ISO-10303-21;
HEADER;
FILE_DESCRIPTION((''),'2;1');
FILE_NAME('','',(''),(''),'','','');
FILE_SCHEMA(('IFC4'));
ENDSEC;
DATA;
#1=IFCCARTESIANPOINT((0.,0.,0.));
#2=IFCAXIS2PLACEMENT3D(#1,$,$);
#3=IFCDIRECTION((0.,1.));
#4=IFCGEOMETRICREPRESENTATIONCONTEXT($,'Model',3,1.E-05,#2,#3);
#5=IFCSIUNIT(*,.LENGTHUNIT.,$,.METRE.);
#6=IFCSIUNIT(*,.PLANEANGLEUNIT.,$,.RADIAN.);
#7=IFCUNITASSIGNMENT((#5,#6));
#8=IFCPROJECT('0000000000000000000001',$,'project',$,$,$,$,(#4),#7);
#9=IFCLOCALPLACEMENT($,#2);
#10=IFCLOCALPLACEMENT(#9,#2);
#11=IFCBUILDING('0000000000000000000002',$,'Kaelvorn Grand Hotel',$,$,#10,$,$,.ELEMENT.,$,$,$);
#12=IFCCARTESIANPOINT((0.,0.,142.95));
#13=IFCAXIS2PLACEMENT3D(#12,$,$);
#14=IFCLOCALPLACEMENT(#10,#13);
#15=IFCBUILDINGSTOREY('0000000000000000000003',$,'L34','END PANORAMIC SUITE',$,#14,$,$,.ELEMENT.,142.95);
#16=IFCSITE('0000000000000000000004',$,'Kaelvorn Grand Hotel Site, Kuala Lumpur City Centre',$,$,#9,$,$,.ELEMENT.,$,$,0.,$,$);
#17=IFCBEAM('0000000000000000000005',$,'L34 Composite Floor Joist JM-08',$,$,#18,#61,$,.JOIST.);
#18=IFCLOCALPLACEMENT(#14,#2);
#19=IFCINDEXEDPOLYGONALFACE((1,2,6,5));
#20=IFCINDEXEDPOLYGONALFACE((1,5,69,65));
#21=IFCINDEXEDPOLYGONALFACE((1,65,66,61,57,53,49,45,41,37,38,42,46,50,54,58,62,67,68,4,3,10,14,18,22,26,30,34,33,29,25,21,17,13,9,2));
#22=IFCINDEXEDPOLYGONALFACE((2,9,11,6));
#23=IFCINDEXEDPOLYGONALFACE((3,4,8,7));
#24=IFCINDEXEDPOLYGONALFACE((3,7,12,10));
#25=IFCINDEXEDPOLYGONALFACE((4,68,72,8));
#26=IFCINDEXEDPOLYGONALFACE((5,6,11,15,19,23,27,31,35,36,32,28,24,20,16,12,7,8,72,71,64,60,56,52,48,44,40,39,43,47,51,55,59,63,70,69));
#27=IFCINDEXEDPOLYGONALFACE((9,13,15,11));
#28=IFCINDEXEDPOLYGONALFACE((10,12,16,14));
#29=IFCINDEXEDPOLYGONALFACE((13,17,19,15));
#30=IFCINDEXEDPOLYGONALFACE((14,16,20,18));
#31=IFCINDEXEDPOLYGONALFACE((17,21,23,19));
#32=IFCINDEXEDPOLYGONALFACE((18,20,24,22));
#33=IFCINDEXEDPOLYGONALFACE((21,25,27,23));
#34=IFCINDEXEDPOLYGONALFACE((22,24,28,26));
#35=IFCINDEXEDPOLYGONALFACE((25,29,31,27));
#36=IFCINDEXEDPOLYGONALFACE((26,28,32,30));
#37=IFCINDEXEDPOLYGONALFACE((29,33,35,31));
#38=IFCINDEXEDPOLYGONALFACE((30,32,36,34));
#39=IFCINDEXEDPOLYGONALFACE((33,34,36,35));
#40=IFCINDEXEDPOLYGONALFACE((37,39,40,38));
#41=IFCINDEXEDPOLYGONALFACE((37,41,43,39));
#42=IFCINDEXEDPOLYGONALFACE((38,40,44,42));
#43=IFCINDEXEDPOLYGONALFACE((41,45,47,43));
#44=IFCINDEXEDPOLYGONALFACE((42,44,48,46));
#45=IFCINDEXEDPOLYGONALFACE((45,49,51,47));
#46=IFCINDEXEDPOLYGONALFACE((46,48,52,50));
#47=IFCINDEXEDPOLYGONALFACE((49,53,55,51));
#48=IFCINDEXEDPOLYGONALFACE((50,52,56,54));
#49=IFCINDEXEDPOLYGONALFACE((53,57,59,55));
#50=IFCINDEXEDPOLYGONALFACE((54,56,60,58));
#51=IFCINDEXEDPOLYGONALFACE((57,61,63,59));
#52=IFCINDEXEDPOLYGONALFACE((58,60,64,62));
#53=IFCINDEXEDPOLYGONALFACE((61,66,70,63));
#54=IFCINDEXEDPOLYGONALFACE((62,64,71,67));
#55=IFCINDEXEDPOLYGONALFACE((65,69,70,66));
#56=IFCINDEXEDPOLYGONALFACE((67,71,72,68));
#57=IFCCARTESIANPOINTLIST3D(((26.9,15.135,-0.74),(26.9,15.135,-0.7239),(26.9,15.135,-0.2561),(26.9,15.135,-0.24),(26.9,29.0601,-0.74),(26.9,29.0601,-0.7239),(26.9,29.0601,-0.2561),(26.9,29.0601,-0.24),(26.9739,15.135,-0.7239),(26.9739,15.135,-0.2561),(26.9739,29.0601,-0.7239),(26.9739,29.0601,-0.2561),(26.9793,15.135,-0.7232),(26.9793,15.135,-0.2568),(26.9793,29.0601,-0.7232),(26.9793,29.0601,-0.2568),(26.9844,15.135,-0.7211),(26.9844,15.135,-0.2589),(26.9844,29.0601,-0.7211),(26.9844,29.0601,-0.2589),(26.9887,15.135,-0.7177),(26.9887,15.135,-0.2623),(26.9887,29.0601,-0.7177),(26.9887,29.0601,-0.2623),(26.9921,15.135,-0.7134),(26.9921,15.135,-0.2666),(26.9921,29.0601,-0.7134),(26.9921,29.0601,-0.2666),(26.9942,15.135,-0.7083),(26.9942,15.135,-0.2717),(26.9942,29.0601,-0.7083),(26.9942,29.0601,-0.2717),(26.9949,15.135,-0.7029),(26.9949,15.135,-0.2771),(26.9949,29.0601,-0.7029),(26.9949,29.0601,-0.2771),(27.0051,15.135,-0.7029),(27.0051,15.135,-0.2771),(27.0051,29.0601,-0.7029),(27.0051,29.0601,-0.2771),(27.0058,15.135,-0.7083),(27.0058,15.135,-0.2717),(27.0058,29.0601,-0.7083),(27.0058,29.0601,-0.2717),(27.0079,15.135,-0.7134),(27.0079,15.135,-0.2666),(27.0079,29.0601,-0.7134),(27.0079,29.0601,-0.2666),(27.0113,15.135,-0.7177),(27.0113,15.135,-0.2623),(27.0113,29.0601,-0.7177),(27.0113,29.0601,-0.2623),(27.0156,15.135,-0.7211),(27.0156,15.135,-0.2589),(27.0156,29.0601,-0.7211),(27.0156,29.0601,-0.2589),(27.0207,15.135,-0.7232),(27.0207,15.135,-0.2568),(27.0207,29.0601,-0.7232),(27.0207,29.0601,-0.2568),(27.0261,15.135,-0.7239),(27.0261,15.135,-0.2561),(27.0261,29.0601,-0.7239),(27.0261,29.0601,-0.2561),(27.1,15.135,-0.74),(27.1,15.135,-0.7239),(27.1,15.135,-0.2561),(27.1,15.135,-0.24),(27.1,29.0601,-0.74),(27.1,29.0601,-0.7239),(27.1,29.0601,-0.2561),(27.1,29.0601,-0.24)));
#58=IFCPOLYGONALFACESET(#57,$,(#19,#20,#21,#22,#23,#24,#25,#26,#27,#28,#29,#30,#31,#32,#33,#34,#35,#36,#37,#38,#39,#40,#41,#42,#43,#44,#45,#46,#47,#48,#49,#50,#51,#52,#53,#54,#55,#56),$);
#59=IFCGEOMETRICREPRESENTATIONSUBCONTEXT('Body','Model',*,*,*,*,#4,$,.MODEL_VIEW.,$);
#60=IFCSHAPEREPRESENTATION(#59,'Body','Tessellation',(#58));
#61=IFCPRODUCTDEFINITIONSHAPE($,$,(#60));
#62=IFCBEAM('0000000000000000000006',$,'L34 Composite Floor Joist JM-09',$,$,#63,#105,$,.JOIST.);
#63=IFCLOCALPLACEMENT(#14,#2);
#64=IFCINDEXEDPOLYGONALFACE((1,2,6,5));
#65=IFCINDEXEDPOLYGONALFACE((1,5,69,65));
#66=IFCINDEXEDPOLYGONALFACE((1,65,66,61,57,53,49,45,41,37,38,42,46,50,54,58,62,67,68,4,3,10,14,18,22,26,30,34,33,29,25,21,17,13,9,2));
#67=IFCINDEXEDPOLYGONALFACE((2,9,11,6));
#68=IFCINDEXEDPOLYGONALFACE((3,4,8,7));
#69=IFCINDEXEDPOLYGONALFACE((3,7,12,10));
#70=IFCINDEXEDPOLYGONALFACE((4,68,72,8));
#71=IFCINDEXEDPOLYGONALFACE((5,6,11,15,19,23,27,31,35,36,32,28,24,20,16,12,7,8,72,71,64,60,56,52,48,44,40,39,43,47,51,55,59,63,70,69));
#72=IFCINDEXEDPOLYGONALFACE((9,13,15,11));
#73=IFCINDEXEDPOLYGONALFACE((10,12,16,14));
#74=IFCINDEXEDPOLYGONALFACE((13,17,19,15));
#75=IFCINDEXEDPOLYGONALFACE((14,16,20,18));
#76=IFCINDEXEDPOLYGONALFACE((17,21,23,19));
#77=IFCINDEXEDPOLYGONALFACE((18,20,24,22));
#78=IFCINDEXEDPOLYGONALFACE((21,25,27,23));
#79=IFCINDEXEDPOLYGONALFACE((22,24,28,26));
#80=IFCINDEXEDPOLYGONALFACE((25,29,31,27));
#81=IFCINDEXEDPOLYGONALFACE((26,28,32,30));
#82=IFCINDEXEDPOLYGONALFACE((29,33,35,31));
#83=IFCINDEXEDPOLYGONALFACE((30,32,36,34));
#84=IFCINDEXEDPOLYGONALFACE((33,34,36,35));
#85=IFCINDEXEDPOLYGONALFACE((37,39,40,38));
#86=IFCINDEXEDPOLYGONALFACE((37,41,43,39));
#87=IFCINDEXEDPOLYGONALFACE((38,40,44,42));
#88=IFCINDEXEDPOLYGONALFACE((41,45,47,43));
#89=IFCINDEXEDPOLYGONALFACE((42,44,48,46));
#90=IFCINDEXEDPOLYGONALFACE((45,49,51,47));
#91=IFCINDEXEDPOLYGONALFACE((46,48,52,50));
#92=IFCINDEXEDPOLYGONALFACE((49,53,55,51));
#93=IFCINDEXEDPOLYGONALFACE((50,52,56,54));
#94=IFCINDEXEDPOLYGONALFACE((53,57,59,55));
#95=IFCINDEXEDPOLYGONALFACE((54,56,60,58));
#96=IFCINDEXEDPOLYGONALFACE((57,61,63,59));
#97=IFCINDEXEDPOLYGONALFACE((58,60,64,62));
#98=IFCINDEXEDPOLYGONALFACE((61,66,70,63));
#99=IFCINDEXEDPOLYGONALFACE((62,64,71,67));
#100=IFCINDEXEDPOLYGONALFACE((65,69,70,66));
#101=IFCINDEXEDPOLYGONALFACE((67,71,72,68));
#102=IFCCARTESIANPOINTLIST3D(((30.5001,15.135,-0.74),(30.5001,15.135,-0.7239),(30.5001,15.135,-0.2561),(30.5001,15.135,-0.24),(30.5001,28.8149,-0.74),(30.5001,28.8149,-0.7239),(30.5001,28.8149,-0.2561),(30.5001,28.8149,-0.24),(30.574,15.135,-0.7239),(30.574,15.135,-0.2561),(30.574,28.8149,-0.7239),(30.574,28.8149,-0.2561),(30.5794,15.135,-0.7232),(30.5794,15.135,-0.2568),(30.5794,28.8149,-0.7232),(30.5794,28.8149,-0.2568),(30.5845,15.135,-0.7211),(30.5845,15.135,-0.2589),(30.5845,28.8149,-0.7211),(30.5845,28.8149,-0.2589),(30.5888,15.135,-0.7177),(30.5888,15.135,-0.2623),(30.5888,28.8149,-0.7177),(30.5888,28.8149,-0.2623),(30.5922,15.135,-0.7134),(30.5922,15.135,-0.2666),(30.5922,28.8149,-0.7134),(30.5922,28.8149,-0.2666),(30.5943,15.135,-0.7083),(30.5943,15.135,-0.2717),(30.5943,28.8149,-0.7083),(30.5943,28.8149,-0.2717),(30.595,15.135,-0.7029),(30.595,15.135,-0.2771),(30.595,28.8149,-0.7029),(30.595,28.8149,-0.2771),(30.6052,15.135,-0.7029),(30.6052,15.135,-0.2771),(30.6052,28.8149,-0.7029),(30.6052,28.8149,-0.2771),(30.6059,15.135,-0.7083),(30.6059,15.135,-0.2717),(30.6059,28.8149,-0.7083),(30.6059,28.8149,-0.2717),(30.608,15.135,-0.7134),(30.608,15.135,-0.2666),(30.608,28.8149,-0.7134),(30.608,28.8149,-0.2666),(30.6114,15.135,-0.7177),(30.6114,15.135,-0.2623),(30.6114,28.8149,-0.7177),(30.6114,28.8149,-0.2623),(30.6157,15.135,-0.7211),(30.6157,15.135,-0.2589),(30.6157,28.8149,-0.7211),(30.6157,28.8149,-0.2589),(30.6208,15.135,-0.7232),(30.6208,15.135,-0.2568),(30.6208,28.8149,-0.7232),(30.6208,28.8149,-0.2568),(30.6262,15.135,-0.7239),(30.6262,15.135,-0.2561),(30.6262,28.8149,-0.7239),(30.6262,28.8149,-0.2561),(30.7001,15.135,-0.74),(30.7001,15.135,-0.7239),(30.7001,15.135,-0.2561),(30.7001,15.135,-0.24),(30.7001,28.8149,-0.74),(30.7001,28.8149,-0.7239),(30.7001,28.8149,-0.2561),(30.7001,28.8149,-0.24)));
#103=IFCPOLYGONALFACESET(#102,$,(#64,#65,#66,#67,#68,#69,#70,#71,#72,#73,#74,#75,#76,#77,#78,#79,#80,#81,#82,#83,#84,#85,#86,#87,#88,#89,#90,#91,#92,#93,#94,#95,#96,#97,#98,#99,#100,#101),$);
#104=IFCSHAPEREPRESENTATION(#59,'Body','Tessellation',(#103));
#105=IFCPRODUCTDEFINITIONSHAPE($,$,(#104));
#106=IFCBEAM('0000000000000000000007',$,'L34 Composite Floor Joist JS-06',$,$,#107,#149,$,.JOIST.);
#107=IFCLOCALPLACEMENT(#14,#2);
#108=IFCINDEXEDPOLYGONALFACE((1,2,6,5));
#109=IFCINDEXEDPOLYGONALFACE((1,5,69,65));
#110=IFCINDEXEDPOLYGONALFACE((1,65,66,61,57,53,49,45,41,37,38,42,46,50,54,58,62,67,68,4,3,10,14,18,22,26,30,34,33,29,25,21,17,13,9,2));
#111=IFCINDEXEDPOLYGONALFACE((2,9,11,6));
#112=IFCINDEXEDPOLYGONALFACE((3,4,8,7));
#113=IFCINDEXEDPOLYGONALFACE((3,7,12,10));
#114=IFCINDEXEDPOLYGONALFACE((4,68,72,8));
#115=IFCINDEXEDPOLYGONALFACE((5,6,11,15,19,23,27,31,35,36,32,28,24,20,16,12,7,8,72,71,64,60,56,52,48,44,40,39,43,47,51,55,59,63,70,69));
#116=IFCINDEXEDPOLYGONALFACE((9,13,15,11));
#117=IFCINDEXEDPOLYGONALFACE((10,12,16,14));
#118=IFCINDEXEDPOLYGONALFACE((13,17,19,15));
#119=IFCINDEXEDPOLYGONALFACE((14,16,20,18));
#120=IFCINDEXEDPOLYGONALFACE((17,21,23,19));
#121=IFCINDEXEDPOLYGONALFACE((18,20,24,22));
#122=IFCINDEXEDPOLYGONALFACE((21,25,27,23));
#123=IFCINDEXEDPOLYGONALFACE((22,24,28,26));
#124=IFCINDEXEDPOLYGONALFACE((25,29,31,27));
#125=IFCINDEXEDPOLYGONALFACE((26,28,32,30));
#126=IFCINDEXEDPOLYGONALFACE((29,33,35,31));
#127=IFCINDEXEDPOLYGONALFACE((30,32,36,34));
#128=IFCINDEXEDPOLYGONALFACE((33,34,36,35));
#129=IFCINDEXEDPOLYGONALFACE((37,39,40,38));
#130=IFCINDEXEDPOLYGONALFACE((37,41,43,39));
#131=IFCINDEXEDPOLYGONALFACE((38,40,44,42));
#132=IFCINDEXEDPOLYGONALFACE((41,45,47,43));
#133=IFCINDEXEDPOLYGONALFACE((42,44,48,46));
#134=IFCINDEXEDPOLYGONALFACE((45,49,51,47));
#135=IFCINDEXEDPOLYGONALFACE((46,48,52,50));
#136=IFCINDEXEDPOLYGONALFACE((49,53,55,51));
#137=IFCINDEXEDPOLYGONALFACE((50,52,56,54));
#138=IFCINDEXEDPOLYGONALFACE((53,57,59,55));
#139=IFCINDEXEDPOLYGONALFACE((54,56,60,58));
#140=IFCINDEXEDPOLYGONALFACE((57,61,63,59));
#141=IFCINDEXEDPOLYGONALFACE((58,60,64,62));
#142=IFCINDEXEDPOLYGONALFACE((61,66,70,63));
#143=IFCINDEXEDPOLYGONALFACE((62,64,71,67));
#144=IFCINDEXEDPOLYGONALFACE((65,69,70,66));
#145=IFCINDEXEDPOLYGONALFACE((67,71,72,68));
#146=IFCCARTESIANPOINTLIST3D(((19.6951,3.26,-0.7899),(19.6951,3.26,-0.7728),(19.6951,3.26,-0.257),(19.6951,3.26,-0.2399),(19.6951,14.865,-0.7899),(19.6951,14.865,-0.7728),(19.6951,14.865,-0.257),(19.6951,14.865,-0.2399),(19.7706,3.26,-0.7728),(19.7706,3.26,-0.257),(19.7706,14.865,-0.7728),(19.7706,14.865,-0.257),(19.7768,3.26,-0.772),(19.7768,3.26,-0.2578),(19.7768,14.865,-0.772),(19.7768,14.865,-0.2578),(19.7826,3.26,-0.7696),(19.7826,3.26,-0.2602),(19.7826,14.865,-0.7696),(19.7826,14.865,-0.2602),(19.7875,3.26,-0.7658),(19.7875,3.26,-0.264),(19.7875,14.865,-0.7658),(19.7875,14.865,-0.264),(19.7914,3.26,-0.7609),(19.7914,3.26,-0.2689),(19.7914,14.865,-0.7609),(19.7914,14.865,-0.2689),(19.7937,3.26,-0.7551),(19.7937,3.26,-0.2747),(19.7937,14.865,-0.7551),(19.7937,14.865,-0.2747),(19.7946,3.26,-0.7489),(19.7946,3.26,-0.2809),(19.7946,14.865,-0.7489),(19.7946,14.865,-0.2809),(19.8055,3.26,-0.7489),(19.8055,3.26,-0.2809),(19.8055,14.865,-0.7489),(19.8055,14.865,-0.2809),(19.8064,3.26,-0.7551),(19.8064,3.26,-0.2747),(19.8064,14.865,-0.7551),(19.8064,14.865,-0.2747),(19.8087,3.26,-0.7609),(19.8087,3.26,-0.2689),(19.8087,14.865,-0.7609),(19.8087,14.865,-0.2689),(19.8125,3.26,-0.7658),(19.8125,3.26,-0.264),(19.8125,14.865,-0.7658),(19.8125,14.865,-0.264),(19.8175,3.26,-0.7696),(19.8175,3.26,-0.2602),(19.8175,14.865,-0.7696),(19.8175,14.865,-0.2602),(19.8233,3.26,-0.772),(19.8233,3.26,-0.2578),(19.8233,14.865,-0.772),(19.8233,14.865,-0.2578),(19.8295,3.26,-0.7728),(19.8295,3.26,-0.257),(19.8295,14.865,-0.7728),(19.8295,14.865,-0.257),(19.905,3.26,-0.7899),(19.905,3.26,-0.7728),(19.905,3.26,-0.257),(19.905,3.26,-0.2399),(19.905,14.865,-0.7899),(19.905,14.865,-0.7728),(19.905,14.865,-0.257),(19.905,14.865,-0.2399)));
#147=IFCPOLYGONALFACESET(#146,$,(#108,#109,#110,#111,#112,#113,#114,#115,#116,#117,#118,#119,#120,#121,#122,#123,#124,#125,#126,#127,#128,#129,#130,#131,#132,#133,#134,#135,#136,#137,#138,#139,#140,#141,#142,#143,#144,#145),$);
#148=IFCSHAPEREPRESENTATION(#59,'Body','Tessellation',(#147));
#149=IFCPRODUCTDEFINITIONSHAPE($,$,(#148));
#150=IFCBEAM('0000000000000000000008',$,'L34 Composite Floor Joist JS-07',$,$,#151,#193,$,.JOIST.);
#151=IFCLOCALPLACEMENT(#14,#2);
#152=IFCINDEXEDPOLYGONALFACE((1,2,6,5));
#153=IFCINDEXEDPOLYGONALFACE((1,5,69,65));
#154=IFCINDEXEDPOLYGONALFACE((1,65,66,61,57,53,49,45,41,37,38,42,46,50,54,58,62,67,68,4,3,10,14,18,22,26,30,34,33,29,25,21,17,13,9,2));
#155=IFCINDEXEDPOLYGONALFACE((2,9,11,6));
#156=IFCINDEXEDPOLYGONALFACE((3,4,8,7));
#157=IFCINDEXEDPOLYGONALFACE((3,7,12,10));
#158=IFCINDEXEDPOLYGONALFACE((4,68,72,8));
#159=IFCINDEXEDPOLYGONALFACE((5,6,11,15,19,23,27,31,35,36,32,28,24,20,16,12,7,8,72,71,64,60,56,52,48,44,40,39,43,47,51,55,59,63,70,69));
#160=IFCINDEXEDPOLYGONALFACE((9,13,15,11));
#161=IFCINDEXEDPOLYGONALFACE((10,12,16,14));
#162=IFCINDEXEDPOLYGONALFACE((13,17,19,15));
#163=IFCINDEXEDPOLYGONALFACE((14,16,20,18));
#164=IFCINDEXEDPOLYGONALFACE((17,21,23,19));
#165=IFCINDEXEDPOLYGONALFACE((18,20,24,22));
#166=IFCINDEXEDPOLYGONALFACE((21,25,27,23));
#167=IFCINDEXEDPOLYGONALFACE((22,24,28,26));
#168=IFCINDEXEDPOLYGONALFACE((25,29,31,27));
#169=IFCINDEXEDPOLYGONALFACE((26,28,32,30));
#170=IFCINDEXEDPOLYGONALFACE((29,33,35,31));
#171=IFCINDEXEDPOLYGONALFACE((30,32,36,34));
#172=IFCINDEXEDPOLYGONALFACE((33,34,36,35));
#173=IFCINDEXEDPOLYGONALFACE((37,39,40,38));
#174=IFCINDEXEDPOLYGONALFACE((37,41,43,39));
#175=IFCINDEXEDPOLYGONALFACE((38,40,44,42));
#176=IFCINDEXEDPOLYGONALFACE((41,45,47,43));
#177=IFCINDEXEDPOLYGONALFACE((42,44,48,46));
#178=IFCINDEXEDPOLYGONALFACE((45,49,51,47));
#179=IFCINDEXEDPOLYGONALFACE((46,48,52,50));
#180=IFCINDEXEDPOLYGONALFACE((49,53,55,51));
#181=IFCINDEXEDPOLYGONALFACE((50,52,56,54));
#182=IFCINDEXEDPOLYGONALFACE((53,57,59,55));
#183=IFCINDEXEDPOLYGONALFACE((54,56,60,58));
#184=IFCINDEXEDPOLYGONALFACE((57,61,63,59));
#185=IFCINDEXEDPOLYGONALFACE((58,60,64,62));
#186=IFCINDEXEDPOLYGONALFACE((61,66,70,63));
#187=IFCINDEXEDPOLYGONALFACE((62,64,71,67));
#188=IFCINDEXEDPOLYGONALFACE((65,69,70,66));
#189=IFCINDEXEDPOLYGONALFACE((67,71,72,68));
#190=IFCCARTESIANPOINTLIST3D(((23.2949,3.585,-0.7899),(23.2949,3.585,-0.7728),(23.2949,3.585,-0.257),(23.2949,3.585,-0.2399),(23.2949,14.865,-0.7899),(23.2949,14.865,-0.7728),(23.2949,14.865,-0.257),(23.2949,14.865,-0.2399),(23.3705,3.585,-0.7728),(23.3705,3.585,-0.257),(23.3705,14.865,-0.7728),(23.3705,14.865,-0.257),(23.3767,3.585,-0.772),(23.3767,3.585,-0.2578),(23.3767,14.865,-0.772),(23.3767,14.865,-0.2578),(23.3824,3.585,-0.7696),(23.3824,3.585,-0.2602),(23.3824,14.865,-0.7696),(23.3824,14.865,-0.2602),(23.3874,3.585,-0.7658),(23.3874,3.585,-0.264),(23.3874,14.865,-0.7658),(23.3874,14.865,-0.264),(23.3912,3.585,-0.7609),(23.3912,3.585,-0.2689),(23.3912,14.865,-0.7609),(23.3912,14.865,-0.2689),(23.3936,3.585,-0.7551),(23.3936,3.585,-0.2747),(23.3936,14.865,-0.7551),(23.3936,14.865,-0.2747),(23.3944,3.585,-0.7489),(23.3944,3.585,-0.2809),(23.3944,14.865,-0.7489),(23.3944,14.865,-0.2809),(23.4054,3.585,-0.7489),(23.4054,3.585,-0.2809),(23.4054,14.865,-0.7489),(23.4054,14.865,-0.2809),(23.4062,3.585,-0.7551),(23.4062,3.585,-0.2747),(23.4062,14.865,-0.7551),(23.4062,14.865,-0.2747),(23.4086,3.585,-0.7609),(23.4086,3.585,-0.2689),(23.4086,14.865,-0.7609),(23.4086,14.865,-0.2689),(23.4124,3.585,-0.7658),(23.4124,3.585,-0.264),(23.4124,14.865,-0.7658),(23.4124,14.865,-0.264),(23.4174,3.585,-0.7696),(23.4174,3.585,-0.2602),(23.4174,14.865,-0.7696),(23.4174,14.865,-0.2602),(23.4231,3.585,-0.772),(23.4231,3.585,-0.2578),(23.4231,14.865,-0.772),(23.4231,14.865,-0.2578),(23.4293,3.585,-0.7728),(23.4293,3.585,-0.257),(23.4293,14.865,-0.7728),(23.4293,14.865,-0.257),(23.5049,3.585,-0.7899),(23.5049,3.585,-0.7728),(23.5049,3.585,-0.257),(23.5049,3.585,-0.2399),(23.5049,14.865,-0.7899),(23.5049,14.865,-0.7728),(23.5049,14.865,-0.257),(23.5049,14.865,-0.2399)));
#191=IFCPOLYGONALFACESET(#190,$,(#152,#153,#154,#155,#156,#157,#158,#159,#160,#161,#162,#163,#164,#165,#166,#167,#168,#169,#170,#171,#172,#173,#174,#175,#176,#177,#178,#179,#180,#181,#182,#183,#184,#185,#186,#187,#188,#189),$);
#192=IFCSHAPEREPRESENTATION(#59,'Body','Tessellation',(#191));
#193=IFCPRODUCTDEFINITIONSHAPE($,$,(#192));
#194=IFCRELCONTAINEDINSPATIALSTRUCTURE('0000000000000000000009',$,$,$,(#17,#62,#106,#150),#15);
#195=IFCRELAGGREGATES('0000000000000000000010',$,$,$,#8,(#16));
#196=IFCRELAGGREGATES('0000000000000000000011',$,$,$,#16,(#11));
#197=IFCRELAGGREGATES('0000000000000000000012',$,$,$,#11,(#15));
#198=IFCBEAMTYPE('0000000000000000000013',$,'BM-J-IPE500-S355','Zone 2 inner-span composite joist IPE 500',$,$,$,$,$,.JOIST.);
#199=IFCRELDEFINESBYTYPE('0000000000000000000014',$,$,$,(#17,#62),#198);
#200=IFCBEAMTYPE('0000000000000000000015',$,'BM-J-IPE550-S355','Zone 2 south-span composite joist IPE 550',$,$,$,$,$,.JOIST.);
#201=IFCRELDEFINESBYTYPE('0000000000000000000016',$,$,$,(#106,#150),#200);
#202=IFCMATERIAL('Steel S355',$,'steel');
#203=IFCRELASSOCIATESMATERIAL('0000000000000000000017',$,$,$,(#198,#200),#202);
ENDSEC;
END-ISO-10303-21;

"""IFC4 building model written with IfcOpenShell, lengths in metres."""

from ifc_helpers import new_model, si_unit, direction, frame, origin, origin_2d, place, context, subcontext, project, spatial, i_section, extrude, material, material_profile, profile_set, type_object, element, save


model = new_model("IFC4")

# Units and contexts
model_context = context("Model", 3, precision=1e-05, world=origin(), true_north=direction((0.0, 1.0)))
body_context = subcontext(model_context, "Body", "Model", "MODEL_VIEW")
ifc_project = project(units=[si_unit("LENGTHUNIT", "METRE"), si_unit("PLANEANGLEUNIT", "RADIAN")], contexts=[model_context])

# Site, building, storey
site_placement = place(None, origin())
site = spatial("IfcSite", under=ifc_project, at=site_placement, Name="Kaelvorn Grand Hotel Site, Kuala Lumpur City Centre", CompositionType="ELEMENT", RefElevation=0.0)
building_placement = place(site_placement, origin())
building = spatial("IfcBuilding", under=site, at=building_placement, Name="Kaelvorn Grand Hotel", CompositionType="ELEMENT")
storey_placement = place(building_placement, frame((0.0, 0.0, 142.95)))
storey = spatial("IfcBuildingStorey", under=building, at=storey_placement, Name="L34", Description="END PANORAMIC SUITE", CompositionType="ELEMENT", Elevation=142.95)

# Beams
ifc_material_1 = material(Name="Steel S355", Category="steel")
ifc_material_profile_1 = material_profile(ifc_material_1, i_section(OverallWidth=0.2, OverallDepth=0.5, WebThickness=0.0103, FlangeThickness=0.0161, FilletRadius=0.021, at=origin_2d()), Name="IPE 500")
ifc_profile_set_1 = profile_set([ifc_material_profile_1], Name="Steel S355")
beam_type_1 = type_object("IfcBeamType", Name="BM-J-IPE500-S355", Description="Zone 2 inner-span composite joist IPE 500", PredefinedType="JOIST", material=ifc_profile_set_1)
beam_1_placement = place(storey_placement, frame((27.0, 15.135, -0.49), z_axis=(0.0, 1.0, 0.0), x_axis=(-1.0, 0.0, 0.0)))
element("IfcBeam", 1, at=beam_1_placement, inside=storey, type_object=beam_type_1, Name="L34 Composite Floor Joist JM-08", PredefinedType="JOIST", context=body_context, shape_type="SweptSolid", body=[
    extrude(i_section(OverallWidth=0.2, OverallDepth=0.5, WebThickness=0.0103, FlangeThickness=0.0161, FilletRadius=0.021, at=origin_2d()), origin(), (0.0, 0.0, 1.0), 13.925),
])
beam_2_placement = place(storey_placement, frame((30.6001, 15.135, -0.49), z_axis=(0.0, 1.0, 0.0), x_axis=(-1.0, 0.0, 0.0)))
element("IfcBeam", 2, at=beam_2_placement, inside=storey, type_object=beam_type_1, Name="L34 Composite Floor Joist JM-09", PredefinedType="JOIST", context=body_context, shape_type="SweptSolid", body=[
    extrude(i_section(OverallWidth=0.2, OverallDepth=0.5, WebThickness=0.0103, FlangeThickness=0.0161, FilletRadius=0.021, at=origin_2d()), origin(), (0.0, 0.0, 1.0), 13.6799),
])
ifc_material_profile_2 = material_profile(ifc_material_1, i_section(OverallWidth=0.21, OverallDepth=0.55, WebThickness=0.011, FlangeThickness=0.0171, FilletRadius=0.0239, at=origin_2d()), Name="IPE 550")
ifc_profile_set_2 = profile_set([ifc_material_profile_2], Name="Steel S355")
beam_type_2 = type_object("IfcBeamType", Name="BM-J-IPE550-S355", Description="Zone 2 south-span composite joist IPE 550", PredefinedType="JOIST", material=ifc_profile_set_2)
beam_3_placement = place(storey_placement, frame((19.8, 3.26, -0.5149), z_axis=(0.0, 1.0, 0.0), x_axis=(-1.0, 0.0, 0.0)))
element("IfcBeam", 3, at=beam_3_placement, inside=storey, type_object=beam_type_2, Name="L34 Composite Floor Joist JS-06", PredefinedType="JOIST", context=body_context, shape_type="SweptSolid", body=[
    extrude(i_section(OverallWidth=0.21, OverallDepth=0.55, WebThickness=0.011, FlangeThickness=0.0171, FilletRadius=0.0239, at=origin_2d()), origin(), (0.0, 0.0, 1.0), 11.605),
])
beam_4_placement = place(storey_placement, frame((23.3999, 3.585, -0.5149), z_axis=(0.0, 1.0, 0.0), x_axis=(-1.0, 0.0, 0.0)))
element("IfcBeam", 4, at=beam_4_placement, inside=storey, type_object=beam_type_2, Name="L34 Composite Floor Joist JS-07", PredefinedType="JOIST", context=body_context, shape_type="SweptSolid", body=[
    extrude(i_section(OverallWidth=0.21, OverallDepth=0.55, WebThickness=0.011, FlangeThickness=0.0171, FilletRadius=0.0239, at=origin_2d()), origin(), (0.0, 0.0, 1.0), 11.28),
])

save(model, "model.ifc")
